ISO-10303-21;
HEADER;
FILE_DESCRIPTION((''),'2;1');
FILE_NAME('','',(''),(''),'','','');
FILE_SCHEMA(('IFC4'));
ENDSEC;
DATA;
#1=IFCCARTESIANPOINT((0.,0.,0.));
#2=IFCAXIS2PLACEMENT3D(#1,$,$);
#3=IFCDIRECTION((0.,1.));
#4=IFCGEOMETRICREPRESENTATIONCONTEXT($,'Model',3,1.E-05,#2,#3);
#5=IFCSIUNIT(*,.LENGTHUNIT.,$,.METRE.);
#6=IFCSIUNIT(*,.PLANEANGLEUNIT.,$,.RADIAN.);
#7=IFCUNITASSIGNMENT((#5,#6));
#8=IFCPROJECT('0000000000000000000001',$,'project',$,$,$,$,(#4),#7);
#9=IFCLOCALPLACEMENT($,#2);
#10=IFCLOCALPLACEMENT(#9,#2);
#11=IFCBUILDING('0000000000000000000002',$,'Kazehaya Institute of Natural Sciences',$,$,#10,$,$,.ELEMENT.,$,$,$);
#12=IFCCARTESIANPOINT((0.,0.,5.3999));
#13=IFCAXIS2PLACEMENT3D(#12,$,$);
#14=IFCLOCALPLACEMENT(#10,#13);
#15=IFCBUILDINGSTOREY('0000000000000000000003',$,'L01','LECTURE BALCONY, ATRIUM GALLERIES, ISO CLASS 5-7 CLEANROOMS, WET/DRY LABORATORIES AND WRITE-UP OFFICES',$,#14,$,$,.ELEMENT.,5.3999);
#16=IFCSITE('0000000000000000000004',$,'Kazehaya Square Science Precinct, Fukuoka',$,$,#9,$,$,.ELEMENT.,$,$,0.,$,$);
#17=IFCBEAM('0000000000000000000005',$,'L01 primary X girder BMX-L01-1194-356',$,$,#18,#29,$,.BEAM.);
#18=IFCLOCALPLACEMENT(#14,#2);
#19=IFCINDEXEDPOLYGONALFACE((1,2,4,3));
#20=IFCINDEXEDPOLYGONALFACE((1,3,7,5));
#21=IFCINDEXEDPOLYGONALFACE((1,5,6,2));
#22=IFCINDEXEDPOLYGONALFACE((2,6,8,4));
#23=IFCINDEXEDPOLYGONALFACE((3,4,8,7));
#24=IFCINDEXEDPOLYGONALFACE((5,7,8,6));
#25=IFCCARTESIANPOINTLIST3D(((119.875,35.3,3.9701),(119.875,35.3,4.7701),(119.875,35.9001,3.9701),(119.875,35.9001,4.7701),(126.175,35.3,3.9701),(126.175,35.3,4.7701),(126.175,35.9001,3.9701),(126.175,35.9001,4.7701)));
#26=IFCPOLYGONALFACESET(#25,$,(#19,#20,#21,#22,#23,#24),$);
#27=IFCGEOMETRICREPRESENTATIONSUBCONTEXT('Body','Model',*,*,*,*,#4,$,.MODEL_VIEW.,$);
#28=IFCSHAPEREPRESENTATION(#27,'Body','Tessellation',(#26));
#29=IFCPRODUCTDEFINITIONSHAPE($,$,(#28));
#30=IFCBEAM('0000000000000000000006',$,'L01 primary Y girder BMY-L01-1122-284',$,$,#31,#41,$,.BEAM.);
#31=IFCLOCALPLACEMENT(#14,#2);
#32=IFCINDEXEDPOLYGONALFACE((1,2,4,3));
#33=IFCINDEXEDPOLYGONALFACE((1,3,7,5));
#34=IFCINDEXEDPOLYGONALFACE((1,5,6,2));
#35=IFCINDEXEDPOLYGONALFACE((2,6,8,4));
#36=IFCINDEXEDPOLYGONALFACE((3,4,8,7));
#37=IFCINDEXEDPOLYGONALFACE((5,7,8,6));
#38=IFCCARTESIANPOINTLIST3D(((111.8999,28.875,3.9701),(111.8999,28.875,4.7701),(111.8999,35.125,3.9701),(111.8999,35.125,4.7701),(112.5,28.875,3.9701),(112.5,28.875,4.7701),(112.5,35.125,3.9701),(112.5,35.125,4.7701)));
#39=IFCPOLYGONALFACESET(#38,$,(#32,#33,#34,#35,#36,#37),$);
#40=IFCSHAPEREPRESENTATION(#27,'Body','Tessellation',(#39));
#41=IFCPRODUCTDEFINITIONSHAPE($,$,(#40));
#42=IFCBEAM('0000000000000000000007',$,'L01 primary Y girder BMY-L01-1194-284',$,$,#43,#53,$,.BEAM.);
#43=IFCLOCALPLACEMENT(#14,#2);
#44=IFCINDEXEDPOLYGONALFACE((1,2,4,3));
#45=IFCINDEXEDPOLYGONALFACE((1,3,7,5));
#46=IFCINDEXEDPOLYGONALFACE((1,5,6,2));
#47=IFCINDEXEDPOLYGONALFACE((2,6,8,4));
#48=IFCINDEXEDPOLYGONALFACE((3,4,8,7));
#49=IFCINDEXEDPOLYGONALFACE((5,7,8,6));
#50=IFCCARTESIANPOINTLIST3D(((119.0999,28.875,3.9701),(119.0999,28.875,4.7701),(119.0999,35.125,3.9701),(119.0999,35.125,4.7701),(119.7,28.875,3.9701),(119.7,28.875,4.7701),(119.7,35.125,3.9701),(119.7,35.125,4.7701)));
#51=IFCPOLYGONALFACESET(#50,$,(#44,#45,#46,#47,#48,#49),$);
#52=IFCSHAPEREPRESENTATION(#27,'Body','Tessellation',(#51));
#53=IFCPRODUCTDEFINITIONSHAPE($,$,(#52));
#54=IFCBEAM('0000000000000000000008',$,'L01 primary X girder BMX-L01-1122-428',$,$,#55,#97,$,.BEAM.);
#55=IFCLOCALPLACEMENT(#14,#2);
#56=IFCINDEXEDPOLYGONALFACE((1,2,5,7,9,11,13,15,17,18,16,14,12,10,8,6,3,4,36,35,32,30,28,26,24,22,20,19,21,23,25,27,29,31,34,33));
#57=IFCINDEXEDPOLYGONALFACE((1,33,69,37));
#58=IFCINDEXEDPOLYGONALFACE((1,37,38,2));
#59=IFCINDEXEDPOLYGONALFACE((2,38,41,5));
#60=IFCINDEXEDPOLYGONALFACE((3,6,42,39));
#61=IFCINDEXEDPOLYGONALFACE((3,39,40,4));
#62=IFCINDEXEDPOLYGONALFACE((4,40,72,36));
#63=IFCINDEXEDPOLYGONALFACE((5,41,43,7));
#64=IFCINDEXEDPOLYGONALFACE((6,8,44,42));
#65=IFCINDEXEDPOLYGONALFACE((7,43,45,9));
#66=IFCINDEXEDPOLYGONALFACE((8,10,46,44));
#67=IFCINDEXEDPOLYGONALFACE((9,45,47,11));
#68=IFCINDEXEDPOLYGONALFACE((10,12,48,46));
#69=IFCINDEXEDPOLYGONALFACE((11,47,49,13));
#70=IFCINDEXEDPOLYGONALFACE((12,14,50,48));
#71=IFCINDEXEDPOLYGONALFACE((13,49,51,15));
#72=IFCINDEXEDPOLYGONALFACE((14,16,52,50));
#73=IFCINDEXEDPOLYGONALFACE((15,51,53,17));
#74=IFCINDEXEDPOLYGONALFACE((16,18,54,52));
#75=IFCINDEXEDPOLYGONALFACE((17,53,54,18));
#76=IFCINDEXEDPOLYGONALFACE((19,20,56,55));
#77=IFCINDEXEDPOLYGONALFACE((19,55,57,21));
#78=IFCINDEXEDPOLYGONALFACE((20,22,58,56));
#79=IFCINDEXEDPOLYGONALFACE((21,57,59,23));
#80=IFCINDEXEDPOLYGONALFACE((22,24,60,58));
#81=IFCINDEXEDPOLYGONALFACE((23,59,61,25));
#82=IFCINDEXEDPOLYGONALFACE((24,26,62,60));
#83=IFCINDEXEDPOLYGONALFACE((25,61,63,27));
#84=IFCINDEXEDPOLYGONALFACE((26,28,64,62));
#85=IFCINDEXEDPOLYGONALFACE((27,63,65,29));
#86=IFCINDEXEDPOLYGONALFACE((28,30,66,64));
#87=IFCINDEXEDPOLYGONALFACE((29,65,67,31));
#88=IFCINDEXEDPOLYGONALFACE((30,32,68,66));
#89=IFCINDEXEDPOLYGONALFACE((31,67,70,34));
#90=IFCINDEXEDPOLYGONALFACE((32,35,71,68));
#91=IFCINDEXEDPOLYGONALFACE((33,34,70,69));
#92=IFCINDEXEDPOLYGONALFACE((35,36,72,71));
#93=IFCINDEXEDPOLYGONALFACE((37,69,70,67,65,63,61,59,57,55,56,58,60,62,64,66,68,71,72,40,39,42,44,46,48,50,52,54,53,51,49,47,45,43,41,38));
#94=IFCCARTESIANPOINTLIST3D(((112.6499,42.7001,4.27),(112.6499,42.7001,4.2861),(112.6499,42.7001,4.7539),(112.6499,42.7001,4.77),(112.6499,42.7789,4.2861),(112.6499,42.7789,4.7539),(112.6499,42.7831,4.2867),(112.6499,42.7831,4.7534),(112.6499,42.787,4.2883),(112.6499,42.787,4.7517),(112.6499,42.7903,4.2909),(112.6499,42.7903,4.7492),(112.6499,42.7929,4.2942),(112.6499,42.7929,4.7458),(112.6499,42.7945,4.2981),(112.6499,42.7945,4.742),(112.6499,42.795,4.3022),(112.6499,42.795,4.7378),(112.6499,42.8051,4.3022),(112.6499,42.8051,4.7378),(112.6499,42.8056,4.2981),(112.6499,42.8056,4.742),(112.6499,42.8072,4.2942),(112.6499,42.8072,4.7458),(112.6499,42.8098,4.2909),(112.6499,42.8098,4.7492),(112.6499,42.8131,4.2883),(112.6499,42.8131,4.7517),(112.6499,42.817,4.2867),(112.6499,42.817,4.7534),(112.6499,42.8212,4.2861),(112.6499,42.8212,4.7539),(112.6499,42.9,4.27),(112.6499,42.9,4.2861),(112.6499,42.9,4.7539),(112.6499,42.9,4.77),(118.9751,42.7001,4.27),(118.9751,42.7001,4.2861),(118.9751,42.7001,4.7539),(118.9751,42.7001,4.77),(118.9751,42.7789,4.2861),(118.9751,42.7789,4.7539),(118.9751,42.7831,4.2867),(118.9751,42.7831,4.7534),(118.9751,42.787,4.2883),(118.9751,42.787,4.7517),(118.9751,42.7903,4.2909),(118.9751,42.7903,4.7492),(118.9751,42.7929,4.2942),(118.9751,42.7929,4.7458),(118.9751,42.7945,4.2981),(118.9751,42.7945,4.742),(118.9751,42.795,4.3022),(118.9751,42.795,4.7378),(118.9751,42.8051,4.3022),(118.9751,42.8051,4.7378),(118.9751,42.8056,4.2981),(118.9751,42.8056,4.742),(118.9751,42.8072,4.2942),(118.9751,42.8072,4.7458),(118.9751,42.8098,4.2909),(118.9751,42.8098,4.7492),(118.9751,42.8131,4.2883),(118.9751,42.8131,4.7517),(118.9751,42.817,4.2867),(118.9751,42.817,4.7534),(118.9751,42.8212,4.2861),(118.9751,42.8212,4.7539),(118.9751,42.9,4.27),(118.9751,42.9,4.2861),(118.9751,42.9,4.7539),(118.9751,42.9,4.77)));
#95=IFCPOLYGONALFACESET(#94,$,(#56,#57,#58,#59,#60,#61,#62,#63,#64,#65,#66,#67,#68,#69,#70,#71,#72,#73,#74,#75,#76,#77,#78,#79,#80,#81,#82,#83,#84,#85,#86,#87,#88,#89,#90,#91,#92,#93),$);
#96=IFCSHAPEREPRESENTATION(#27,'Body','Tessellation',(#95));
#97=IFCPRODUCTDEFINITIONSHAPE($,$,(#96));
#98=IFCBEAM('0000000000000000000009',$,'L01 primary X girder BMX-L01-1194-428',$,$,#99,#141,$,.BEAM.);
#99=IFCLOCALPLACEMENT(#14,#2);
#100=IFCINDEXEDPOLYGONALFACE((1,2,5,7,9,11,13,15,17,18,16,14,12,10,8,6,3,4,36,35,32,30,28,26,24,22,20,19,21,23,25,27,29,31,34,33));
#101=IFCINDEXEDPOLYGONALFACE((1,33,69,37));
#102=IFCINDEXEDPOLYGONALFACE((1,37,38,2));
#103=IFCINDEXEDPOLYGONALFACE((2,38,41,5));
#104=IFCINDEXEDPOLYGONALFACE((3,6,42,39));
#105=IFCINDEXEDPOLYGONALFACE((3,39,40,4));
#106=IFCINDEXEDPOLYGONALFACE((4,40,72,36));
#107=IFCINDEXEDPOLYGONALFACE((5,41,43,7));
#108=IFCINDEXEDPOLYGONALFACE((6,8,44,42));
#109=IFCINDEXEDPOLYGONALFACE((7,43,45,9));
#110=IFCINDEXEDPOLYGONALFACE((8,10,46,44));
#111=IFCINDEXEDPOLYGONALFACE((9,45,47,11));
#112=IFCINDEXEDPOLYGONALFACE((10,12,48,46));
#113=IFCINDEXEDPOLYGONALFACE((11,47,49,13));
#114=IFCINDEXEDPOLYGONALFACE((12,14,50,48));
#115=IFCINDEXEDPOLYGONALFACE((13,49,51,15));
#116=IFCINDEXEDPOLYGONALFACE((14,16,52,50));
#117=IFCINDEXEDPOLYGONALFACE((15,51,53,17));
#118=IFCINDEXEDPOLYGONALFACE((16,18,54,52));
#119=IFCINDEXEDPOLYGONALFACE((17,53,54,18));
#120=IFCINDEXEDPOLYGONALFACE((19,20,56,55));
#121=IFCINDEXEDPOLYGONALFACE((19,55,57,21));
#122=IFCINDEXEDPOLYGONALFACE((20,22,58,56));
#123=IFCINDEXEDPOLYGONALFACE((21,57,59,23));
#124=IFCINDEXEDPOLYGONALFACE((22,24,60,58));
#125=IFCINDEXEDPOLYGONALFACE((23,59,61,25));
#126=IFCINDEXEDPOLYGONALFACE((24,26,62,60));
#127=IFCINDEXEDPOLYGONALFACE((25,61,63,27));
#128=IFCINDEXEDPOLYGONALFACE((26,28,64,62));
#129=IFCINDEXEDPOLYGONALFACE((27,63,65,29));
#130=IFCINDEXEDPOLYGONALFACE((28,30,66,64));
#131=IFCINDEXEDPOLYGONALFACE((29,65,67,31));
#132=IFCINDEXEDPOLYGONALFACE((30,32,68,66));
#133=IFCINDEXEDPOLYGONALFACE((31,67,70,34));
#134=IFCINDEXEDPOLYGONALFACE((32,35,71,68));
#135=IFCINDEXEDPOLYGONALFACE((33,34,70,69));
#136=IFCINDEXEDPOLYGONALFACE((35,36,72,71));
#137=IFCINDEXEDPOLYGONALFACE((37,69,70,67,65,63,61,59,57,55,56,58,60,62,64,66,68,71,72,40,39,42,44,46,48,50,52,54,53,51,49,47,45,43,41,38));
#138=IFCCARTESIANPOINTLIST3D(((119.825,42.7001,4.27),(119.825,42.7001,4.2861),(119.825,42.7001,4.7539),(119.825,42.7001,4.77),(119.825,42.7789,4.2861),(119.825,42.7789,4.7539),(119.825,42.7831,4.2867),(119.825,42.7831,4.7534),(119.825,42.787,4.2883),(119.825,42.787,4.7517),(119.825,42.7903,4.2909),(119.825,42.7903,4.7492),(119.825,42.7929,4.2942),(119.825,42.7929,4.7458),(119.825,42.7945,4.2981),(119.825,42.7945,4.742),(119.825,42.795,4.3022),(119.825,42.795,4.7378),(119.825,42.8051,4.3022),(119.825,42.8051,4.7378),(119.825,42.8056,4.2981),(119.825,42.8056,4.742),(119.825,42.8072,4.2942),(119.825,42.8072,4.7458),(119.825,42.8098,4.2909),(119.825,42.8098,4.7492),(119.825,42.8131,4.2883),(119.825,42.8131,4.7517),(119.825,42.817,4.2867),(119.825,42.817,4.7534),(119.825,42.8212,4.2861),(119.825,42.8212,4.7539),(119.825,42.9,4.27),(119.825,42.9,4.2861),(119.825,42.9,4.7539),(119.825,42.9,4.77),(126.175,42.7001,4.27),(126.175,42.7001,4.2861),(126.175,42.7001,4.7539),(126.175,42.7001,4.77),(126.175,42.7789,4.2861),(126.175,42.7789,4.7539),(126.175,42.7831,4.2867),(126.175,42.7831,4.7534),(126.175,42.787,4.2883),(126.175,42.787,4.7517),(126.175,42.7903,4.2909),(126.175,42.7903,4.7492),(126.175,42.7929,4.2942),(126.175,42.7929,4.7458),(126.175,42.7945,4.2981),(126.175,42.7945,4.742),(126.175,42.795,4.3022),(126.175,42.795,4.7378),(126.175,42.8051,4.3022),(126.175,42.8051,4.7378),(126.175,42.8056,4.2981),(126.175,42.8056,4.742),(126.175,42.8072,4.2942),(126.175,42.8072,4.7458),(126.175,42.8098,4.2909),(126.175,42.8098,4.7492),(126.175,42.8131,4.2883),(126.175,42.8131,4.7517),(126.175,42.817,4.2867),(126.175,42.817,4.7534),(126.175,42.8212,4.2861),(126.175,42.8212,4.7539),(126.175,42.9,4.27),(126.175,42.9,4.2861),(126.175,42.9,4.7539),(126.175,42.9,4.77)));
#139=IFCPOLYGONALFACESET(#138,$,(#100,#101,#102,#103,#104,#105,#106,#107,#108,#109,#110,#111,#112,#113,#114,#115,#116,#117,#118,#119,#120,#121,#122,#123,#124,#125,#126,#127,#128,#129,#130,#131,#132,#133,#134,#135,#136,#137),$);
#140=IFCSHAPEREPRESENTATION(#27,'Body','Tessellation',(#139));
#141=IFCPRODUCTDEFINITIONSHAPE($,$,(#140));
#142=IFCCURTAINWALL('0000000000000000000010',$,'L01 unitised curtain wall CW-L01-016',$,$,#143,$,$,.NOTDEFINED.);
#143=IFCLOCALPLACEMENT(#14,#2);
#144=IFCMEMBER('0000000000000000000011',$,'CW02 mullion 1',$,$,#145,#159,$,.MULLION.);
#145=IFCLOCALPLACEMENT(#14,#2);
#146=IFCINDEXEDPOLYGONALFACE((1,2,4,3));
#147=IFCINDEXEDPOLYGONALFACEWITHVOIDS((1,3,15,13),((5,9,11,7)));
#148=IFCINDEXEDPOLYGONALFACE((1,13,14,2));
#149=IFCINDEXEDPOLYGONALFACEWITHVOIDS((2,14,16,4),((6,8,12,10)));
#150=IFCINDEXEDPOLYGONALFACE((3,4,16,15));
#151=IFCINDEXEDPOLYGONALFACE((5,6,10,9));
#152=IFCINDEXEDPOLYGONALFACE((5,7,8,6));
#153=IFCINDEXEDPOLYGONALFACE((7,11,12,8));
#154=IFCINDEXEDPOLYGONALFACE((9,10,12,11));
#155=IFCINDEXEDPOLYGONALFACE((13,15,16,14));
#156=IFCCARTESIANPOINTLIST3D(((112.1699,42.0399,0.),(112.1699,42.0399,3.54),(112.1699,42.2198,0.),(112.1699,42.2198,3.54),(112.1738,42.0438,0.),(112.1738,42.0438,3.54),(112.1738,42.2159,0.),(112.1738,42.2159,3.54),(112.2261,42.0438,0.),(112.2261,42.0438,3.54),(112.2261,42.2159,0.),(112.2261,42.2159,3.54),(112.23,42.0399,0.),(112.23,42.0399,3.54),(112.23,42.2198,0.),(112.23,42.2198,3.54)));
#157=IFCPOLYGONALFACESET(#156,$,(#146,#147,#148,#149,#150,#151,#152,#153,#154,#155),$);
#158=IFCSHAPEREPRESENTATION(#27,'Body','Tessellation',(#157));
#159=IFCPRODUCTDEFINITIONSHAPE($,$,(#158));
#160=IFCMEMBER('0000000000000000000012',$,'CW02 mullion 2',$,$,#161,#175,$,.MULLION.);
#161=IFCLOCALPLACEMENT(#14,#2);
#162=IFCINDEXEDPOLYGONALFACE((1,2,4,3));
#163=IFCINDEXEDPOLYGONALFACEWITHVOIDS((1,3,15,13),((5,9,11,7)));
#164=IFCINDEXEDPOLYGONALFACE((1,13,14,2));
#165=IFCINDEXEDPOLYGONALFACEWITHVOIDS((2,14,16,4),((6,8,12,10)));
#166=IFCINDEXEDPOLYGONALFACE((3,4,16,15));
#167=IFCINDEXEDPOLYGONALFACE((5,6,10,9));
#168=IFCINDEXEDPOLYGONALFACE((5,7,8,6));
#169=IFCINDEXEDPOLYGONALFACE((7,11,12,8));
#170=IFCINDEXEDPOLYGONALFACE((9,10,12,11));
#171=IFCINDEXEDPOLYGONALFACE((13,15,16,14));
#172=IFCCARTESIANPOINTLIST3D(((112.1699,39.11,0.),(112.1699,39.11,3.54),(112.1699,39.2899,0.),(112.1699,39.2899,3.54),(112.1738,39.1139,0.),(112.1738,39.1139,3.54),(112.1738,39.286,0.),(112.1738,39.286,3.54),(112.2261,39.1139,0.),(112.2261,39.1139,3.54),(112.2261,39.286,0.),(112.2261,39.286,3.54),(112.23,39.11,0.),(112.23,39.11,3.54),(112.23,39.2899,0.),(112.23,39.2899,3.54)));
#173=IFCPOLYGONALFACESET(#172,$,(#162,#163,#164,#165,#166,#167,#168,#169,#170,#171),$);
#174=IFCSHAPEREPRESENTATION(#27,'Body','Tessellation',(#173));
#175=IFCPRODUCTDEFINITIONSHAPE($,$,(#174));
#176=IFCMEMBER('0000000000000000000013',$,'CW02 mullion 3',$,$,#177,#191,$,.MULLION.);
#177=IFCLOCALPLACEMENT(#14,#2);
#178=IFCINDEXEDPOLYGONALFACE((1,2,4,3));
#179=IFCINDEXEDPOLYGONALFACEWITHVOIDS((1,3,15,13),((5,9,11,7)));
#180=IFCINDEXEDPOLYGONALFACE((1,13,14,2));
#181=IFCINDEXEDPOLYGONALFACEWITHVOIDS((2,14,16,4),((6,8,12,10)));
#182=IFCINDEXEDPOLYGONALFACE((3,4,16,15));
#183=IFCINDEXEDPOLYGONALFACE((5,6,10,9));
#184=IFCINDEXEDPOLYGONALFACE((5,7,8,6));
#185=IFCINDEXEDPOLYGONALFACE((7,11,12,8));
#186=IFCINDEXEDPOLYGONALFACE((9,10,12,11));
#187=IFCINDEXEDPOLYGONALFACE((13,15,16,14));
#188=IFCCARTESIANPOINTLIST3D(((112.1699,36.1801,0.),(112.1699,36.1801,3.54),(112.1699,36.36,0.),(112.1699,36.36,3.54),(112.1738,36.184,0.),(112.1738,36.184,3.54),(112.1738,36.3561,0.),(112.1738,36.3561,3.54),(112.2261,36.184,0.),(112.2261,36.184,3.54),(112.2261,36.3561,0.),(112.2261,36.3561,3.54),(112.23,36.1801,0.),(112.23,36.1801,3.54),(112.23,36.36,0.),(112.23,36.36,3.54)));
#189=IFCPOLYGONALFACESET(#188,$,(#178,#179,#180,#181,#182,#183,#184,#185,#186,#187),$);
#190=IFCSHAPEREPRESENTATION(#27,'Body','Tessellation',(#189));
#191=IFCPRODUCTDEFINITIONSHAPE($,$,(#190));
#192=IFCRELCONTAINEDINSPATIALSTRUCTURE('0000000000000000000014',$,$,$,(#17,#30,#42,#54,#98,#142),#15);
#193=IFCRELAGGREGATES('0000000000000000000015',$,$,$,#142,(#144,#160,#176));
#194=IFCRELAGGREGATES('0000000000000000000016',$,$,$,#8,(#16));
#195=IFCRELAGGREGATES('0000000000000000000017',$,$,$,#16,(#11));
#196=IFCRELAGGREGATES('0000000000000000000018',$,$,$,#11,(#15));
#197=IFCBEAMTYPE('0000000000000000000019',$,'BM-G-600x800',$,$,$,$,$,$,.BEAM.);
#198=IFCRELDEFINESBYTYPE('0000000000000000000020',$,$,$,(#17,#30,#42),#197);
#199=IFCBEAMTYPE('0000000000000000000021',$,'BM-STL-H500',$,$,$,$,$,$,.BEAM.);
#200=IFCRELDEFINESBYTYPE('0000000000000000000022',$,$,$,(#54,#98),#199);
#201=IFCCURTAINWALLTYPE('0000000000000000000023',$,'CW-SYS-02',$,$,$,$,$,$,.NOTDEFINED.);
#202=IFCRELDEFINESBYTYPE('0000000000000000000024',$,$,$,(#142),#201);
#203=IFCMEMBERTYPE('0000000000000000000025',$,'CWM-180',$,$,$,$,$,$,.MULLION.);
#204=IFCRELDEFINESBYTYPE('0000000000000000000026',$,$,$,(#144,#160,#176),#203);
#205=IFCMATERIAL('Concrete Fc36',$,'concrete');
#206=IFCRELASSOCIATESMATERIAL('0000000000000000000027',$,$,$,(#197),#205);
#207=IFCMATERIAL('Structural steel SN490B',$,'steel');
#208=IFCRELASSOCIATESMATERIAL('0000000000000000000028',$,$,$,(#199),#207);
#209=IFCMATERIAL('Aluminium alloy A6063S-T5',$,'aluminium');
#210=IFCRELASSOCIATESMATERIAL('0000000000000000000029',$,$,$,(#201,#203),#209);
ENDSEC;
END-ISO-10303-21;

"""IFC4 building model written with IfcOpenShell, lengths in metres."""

from ifc_helpers import new_model, si_unit, direction, frame, origin, origin_2d, place, context, subcontext, project, spatial, rectangle, hollow_rectangle, i_section, extrude, material, material_profile, profile_set, type_object, element, aggregate, save


model = new_model("IFC4")

# Units and contexts
model_context = context("Model", 3, precision=1e-05, world=origin(), true_north=direction((0.0, 1.0)))
body_context = subcontext(model_context, "Body", "Model", "MODEL_VIEW")
ifc_project = project(units=[si_unit("LENGTHUNIT", "METRE"), si_unit("PLANEANGLEUNIT", "RADIAN")], contexts=[model_context])

# Site, building, storey
site_placement = place(None, origin())
site = spatial("IfcSite", under=ifc_project, at=site_placement, Name="Kazehaya Square Science Precinct, Fukuoka", CompositionType="ELEMENT", RefElevation=0.0)
building_placement = place(site_placement, origin())
building = spatial("IfcBuilding", under=site, at=building_placement, Name="Kazehaya Institute of Natural Sciences", CompositionType="ELEMENT")
storey_placement = place(building_placement, frame((0.0, 0.0, 5.3999)))
storey = spatial("IfcBuildingStorey", under=building, at=storey_placement, Name="L01", Description="LECTURE BALCONY, ATRIUM GALLERIES, ISO CLASS 5-7 CLEANROOMS, WET/DRY LABORATORIES AND WRITE-UP OFFICES", CompositionType="ELEMENT", Elevation=5.3999)

# Beams
ifc_material_1 = material(Name="Concrete Fc36", Category="concrete")
ifc_material_profile_1 = material_profile(ifc_material_1, rectangle(XDim=0.6001, YDim=0.8, at=origin_2d()), Name="RC-600x800")
ifc_profile_set_1 = profile_set([ifc_material_profile_1], Name="Concrete Fc36")
beam_type_1 = type_object("IfcBeamType", Name="BM-G-600x800", PredefinedType="BEAM", material=ifc_profile_set_1)
beam_1_placement = place(storey_placement, frame((119.875, 35.6001, 4.3701), z_axis=(1.0, 0.0, 0.0), x_axis=(0.0, 1.0, 0.0)))
element("IfcBeam", 1, at=beam_1_placement, inside=storey, type_object=beam_type_1, Name="L01 primary X girder BMX-L01-1194-356", PredefinedType="BEAM", context=body_context, shape_type="SweptSolid", body=[
    extrude(rectangle(XDim=0.6001, YDim=0.8, at=origin_2d()), origin(), (0.0, 0.0, 1.0), 6.3),
])
for number, where, z_axis, x_axis, name in (
    (2, (112.2, 28.875, 4.3701), (0.0, 1.0, 0.0), (-1.0, 0.0, 0.0), "L01 primary Y girder BMY-L01-1122-284"),
    (3, (119.3999, 28.875, 4.3701), (0.0, 1.0, 0.0), (-1.0, 0.0, 0.0), "L01 primary Y girder BMY-L01-1194-284"),
):
    element("IfcBeam", number, at=place(storey_placement, frame(where, z_axis=z_axis, x_axis=x_axis)), inside=storey, type_object=beam_type_1, Name=name, PredefinedType="BEAM", context=body_context, shape_type="SweptSolid", body=[
        extrude(rectangle(XDim=0.6001, YDim=0.8, at=origin_2d()), origin(), (0.0, 0.0, 1.0), 6.25),
    ])
ifc_material_2 = material(Name="Structural steel SN490B", Category="steel")
ifc_material_profile_2 = material_profile(ifc_material_2, i_section(OverallWidth=0.2, OverallDepth=0.5, WebThickness=0.01, FlangeThickness=0.0161, FilletRadius=0.0161, at=origin_2d()), Name="H-500x200x10x16")
ifc_profile_set_2 = profile_set([ifc_material_profile_2], Name="Structural steel SN490B")
beam_type_2 = type_object("IfcBeamType", Name="BM-STL-H500", PredefinedType="BEAM", material=ifc_profile_set_2)
beam_2_placement = place(storey_placement, frame((112.6499, 42.8, 4.52), z_axis=(1.0, 0.0, 0.0), x_axis=(0.0, 1.0, 0.0)))
element("IfcBeam", 4, at=beam_2_placement, inside=storey, type_object=beam_type_2, Name="L01 primary X girder BMX-L01-1122-428", PredefinedType="BEAM", context=body_context, shape_type="SweptSolid", body=[
    extrude(i_section(OverallWidth=0.2, OverallDepth=0.5, WebThickness=0.01, FlangeThickness=0.0161, FilletRadius=0.0161, at=origin_2d()), origin(), (0.0, 0.0, 1.0), 6.3252),
])
beam_3_placement = place(storey_placement, frame((119.825, 42.8, 4.52), z_axis=(1.0, 0.0, 0.0), x_axis=(0.0, 1.0, 0.0)))
element("IfcBeam", 5, at=beam_3_placement, inside=storey, type_object=beam_type_2, Name="L01 primary X girder BMX-L01-1194-428", PredefinedType="BEAM", context=body_context, shape_type="SweptSolid", body=[
    extrude(i_section(OverallWidth=0.2, OverallDepth=0.5, WebThickness=0.01, FlangeThickness=0.0161, FilletRadius=0.0161, at=origin_2d()), origin(), (0.0, 0.0, 1.0), 6.3501),
])

# Curtain wall, members
ifc_material_3 = material(Name="Aluminium alloy A6063S-T5", Category="aluminium")
curtain_wall_type = type_object("IfcCurtainWallType", Name="CW-SYS-02", PredefinedType="NOTDEFINED", material=ifc_material_3)
curtain_wall_placement = place(storey_placement, origin())
curtain_wall = element("IfcCurtainWall", 6, at=curtain_wall_placement, inside=storey, type_object=curtain_wall_type, Name="L01 unitised curtain wall CW-L01-016", PredefinedType="NOTDEFINED")
ifc_material_profile_3 = material_profile(ifc_material_3, hollow_rectangle(XDim=0.0601, YDim=0.1799, WallThickness=0.0039, at=origin_2d()), Name="ALU-60x180x4")
ifc_profile_set_3 = profile_set([ifc_material_profile_3], Name="Aluminium alloy A6063S-T5")
member_type_1 = type_object("IfcMemberType", Name="CWM-180", PredefinedType="MULLION", material=ifc_profile_set_3)
member_1_placement = place(storey_placement, frame((112.2, 42.1299, 0.0), z_axis=(0.0, 0.0, 1.0), x_axis=(1.0, 0.0, 0.0)))
member_1 = element("IfcMember", 7, at=member_1_placement, type_object=member_type_1, Name="CW02 mullion 1", PredefinedType="MULLION", context=body_context, shape_type="SweptSolid", body=[
    extrude(hollow_rectangle(XDim=0.0601, YDim=0.1799, WallThickness=0.0039, at=origin_2d()), origin(), (0.0, 0.0, 1.0), 3.54),
])
member_2_placement = place(storey_placement, frame((112.2, 39.2, 0.0), z_axis=(0.0, 0.0, 1.0), x_axis=(1.0, 0.0, 0.0)))
member_2 = element("IfcMember", 8, at=member_2_placement, type_object=member_type_1, Name="CW02 mullion 2", PredefinedType="MULLION", context=body_context, shape_type="SweptSolid", body=[
    extrude(hollow_rectangle(XDim=0.0601, YDim=0.1799, WallThickness=0.0039, at=origin_2d()), origin(), (0.0, 0.0, 1.0), 3.54),
])
member_3_placement = place(storey_placement, frame((112.2, 36.27, 0.0), z_axis=(0.0, 0.0, 1.0), x_axis=(1.0, 0.0, 0.0)))
member_3 = element("IfcMember", 9, at=member_3_placement, type_object=member_type_1, Name="CW02 mullion 3", PredefinedType="MULLION", context=body_context, shape_type="SweptSolid", body=[
    extrude(hollow_rectangle(XDim=0.0601, YDim=0.1799, WallThickness=0.0039, at=origin_2d()), origin(), (0.0, 0.0, 1.0), 3.54),
])
aggregate(curtain_wall, [member_1, member_2, member_3])

save(model, "model.ifc")
